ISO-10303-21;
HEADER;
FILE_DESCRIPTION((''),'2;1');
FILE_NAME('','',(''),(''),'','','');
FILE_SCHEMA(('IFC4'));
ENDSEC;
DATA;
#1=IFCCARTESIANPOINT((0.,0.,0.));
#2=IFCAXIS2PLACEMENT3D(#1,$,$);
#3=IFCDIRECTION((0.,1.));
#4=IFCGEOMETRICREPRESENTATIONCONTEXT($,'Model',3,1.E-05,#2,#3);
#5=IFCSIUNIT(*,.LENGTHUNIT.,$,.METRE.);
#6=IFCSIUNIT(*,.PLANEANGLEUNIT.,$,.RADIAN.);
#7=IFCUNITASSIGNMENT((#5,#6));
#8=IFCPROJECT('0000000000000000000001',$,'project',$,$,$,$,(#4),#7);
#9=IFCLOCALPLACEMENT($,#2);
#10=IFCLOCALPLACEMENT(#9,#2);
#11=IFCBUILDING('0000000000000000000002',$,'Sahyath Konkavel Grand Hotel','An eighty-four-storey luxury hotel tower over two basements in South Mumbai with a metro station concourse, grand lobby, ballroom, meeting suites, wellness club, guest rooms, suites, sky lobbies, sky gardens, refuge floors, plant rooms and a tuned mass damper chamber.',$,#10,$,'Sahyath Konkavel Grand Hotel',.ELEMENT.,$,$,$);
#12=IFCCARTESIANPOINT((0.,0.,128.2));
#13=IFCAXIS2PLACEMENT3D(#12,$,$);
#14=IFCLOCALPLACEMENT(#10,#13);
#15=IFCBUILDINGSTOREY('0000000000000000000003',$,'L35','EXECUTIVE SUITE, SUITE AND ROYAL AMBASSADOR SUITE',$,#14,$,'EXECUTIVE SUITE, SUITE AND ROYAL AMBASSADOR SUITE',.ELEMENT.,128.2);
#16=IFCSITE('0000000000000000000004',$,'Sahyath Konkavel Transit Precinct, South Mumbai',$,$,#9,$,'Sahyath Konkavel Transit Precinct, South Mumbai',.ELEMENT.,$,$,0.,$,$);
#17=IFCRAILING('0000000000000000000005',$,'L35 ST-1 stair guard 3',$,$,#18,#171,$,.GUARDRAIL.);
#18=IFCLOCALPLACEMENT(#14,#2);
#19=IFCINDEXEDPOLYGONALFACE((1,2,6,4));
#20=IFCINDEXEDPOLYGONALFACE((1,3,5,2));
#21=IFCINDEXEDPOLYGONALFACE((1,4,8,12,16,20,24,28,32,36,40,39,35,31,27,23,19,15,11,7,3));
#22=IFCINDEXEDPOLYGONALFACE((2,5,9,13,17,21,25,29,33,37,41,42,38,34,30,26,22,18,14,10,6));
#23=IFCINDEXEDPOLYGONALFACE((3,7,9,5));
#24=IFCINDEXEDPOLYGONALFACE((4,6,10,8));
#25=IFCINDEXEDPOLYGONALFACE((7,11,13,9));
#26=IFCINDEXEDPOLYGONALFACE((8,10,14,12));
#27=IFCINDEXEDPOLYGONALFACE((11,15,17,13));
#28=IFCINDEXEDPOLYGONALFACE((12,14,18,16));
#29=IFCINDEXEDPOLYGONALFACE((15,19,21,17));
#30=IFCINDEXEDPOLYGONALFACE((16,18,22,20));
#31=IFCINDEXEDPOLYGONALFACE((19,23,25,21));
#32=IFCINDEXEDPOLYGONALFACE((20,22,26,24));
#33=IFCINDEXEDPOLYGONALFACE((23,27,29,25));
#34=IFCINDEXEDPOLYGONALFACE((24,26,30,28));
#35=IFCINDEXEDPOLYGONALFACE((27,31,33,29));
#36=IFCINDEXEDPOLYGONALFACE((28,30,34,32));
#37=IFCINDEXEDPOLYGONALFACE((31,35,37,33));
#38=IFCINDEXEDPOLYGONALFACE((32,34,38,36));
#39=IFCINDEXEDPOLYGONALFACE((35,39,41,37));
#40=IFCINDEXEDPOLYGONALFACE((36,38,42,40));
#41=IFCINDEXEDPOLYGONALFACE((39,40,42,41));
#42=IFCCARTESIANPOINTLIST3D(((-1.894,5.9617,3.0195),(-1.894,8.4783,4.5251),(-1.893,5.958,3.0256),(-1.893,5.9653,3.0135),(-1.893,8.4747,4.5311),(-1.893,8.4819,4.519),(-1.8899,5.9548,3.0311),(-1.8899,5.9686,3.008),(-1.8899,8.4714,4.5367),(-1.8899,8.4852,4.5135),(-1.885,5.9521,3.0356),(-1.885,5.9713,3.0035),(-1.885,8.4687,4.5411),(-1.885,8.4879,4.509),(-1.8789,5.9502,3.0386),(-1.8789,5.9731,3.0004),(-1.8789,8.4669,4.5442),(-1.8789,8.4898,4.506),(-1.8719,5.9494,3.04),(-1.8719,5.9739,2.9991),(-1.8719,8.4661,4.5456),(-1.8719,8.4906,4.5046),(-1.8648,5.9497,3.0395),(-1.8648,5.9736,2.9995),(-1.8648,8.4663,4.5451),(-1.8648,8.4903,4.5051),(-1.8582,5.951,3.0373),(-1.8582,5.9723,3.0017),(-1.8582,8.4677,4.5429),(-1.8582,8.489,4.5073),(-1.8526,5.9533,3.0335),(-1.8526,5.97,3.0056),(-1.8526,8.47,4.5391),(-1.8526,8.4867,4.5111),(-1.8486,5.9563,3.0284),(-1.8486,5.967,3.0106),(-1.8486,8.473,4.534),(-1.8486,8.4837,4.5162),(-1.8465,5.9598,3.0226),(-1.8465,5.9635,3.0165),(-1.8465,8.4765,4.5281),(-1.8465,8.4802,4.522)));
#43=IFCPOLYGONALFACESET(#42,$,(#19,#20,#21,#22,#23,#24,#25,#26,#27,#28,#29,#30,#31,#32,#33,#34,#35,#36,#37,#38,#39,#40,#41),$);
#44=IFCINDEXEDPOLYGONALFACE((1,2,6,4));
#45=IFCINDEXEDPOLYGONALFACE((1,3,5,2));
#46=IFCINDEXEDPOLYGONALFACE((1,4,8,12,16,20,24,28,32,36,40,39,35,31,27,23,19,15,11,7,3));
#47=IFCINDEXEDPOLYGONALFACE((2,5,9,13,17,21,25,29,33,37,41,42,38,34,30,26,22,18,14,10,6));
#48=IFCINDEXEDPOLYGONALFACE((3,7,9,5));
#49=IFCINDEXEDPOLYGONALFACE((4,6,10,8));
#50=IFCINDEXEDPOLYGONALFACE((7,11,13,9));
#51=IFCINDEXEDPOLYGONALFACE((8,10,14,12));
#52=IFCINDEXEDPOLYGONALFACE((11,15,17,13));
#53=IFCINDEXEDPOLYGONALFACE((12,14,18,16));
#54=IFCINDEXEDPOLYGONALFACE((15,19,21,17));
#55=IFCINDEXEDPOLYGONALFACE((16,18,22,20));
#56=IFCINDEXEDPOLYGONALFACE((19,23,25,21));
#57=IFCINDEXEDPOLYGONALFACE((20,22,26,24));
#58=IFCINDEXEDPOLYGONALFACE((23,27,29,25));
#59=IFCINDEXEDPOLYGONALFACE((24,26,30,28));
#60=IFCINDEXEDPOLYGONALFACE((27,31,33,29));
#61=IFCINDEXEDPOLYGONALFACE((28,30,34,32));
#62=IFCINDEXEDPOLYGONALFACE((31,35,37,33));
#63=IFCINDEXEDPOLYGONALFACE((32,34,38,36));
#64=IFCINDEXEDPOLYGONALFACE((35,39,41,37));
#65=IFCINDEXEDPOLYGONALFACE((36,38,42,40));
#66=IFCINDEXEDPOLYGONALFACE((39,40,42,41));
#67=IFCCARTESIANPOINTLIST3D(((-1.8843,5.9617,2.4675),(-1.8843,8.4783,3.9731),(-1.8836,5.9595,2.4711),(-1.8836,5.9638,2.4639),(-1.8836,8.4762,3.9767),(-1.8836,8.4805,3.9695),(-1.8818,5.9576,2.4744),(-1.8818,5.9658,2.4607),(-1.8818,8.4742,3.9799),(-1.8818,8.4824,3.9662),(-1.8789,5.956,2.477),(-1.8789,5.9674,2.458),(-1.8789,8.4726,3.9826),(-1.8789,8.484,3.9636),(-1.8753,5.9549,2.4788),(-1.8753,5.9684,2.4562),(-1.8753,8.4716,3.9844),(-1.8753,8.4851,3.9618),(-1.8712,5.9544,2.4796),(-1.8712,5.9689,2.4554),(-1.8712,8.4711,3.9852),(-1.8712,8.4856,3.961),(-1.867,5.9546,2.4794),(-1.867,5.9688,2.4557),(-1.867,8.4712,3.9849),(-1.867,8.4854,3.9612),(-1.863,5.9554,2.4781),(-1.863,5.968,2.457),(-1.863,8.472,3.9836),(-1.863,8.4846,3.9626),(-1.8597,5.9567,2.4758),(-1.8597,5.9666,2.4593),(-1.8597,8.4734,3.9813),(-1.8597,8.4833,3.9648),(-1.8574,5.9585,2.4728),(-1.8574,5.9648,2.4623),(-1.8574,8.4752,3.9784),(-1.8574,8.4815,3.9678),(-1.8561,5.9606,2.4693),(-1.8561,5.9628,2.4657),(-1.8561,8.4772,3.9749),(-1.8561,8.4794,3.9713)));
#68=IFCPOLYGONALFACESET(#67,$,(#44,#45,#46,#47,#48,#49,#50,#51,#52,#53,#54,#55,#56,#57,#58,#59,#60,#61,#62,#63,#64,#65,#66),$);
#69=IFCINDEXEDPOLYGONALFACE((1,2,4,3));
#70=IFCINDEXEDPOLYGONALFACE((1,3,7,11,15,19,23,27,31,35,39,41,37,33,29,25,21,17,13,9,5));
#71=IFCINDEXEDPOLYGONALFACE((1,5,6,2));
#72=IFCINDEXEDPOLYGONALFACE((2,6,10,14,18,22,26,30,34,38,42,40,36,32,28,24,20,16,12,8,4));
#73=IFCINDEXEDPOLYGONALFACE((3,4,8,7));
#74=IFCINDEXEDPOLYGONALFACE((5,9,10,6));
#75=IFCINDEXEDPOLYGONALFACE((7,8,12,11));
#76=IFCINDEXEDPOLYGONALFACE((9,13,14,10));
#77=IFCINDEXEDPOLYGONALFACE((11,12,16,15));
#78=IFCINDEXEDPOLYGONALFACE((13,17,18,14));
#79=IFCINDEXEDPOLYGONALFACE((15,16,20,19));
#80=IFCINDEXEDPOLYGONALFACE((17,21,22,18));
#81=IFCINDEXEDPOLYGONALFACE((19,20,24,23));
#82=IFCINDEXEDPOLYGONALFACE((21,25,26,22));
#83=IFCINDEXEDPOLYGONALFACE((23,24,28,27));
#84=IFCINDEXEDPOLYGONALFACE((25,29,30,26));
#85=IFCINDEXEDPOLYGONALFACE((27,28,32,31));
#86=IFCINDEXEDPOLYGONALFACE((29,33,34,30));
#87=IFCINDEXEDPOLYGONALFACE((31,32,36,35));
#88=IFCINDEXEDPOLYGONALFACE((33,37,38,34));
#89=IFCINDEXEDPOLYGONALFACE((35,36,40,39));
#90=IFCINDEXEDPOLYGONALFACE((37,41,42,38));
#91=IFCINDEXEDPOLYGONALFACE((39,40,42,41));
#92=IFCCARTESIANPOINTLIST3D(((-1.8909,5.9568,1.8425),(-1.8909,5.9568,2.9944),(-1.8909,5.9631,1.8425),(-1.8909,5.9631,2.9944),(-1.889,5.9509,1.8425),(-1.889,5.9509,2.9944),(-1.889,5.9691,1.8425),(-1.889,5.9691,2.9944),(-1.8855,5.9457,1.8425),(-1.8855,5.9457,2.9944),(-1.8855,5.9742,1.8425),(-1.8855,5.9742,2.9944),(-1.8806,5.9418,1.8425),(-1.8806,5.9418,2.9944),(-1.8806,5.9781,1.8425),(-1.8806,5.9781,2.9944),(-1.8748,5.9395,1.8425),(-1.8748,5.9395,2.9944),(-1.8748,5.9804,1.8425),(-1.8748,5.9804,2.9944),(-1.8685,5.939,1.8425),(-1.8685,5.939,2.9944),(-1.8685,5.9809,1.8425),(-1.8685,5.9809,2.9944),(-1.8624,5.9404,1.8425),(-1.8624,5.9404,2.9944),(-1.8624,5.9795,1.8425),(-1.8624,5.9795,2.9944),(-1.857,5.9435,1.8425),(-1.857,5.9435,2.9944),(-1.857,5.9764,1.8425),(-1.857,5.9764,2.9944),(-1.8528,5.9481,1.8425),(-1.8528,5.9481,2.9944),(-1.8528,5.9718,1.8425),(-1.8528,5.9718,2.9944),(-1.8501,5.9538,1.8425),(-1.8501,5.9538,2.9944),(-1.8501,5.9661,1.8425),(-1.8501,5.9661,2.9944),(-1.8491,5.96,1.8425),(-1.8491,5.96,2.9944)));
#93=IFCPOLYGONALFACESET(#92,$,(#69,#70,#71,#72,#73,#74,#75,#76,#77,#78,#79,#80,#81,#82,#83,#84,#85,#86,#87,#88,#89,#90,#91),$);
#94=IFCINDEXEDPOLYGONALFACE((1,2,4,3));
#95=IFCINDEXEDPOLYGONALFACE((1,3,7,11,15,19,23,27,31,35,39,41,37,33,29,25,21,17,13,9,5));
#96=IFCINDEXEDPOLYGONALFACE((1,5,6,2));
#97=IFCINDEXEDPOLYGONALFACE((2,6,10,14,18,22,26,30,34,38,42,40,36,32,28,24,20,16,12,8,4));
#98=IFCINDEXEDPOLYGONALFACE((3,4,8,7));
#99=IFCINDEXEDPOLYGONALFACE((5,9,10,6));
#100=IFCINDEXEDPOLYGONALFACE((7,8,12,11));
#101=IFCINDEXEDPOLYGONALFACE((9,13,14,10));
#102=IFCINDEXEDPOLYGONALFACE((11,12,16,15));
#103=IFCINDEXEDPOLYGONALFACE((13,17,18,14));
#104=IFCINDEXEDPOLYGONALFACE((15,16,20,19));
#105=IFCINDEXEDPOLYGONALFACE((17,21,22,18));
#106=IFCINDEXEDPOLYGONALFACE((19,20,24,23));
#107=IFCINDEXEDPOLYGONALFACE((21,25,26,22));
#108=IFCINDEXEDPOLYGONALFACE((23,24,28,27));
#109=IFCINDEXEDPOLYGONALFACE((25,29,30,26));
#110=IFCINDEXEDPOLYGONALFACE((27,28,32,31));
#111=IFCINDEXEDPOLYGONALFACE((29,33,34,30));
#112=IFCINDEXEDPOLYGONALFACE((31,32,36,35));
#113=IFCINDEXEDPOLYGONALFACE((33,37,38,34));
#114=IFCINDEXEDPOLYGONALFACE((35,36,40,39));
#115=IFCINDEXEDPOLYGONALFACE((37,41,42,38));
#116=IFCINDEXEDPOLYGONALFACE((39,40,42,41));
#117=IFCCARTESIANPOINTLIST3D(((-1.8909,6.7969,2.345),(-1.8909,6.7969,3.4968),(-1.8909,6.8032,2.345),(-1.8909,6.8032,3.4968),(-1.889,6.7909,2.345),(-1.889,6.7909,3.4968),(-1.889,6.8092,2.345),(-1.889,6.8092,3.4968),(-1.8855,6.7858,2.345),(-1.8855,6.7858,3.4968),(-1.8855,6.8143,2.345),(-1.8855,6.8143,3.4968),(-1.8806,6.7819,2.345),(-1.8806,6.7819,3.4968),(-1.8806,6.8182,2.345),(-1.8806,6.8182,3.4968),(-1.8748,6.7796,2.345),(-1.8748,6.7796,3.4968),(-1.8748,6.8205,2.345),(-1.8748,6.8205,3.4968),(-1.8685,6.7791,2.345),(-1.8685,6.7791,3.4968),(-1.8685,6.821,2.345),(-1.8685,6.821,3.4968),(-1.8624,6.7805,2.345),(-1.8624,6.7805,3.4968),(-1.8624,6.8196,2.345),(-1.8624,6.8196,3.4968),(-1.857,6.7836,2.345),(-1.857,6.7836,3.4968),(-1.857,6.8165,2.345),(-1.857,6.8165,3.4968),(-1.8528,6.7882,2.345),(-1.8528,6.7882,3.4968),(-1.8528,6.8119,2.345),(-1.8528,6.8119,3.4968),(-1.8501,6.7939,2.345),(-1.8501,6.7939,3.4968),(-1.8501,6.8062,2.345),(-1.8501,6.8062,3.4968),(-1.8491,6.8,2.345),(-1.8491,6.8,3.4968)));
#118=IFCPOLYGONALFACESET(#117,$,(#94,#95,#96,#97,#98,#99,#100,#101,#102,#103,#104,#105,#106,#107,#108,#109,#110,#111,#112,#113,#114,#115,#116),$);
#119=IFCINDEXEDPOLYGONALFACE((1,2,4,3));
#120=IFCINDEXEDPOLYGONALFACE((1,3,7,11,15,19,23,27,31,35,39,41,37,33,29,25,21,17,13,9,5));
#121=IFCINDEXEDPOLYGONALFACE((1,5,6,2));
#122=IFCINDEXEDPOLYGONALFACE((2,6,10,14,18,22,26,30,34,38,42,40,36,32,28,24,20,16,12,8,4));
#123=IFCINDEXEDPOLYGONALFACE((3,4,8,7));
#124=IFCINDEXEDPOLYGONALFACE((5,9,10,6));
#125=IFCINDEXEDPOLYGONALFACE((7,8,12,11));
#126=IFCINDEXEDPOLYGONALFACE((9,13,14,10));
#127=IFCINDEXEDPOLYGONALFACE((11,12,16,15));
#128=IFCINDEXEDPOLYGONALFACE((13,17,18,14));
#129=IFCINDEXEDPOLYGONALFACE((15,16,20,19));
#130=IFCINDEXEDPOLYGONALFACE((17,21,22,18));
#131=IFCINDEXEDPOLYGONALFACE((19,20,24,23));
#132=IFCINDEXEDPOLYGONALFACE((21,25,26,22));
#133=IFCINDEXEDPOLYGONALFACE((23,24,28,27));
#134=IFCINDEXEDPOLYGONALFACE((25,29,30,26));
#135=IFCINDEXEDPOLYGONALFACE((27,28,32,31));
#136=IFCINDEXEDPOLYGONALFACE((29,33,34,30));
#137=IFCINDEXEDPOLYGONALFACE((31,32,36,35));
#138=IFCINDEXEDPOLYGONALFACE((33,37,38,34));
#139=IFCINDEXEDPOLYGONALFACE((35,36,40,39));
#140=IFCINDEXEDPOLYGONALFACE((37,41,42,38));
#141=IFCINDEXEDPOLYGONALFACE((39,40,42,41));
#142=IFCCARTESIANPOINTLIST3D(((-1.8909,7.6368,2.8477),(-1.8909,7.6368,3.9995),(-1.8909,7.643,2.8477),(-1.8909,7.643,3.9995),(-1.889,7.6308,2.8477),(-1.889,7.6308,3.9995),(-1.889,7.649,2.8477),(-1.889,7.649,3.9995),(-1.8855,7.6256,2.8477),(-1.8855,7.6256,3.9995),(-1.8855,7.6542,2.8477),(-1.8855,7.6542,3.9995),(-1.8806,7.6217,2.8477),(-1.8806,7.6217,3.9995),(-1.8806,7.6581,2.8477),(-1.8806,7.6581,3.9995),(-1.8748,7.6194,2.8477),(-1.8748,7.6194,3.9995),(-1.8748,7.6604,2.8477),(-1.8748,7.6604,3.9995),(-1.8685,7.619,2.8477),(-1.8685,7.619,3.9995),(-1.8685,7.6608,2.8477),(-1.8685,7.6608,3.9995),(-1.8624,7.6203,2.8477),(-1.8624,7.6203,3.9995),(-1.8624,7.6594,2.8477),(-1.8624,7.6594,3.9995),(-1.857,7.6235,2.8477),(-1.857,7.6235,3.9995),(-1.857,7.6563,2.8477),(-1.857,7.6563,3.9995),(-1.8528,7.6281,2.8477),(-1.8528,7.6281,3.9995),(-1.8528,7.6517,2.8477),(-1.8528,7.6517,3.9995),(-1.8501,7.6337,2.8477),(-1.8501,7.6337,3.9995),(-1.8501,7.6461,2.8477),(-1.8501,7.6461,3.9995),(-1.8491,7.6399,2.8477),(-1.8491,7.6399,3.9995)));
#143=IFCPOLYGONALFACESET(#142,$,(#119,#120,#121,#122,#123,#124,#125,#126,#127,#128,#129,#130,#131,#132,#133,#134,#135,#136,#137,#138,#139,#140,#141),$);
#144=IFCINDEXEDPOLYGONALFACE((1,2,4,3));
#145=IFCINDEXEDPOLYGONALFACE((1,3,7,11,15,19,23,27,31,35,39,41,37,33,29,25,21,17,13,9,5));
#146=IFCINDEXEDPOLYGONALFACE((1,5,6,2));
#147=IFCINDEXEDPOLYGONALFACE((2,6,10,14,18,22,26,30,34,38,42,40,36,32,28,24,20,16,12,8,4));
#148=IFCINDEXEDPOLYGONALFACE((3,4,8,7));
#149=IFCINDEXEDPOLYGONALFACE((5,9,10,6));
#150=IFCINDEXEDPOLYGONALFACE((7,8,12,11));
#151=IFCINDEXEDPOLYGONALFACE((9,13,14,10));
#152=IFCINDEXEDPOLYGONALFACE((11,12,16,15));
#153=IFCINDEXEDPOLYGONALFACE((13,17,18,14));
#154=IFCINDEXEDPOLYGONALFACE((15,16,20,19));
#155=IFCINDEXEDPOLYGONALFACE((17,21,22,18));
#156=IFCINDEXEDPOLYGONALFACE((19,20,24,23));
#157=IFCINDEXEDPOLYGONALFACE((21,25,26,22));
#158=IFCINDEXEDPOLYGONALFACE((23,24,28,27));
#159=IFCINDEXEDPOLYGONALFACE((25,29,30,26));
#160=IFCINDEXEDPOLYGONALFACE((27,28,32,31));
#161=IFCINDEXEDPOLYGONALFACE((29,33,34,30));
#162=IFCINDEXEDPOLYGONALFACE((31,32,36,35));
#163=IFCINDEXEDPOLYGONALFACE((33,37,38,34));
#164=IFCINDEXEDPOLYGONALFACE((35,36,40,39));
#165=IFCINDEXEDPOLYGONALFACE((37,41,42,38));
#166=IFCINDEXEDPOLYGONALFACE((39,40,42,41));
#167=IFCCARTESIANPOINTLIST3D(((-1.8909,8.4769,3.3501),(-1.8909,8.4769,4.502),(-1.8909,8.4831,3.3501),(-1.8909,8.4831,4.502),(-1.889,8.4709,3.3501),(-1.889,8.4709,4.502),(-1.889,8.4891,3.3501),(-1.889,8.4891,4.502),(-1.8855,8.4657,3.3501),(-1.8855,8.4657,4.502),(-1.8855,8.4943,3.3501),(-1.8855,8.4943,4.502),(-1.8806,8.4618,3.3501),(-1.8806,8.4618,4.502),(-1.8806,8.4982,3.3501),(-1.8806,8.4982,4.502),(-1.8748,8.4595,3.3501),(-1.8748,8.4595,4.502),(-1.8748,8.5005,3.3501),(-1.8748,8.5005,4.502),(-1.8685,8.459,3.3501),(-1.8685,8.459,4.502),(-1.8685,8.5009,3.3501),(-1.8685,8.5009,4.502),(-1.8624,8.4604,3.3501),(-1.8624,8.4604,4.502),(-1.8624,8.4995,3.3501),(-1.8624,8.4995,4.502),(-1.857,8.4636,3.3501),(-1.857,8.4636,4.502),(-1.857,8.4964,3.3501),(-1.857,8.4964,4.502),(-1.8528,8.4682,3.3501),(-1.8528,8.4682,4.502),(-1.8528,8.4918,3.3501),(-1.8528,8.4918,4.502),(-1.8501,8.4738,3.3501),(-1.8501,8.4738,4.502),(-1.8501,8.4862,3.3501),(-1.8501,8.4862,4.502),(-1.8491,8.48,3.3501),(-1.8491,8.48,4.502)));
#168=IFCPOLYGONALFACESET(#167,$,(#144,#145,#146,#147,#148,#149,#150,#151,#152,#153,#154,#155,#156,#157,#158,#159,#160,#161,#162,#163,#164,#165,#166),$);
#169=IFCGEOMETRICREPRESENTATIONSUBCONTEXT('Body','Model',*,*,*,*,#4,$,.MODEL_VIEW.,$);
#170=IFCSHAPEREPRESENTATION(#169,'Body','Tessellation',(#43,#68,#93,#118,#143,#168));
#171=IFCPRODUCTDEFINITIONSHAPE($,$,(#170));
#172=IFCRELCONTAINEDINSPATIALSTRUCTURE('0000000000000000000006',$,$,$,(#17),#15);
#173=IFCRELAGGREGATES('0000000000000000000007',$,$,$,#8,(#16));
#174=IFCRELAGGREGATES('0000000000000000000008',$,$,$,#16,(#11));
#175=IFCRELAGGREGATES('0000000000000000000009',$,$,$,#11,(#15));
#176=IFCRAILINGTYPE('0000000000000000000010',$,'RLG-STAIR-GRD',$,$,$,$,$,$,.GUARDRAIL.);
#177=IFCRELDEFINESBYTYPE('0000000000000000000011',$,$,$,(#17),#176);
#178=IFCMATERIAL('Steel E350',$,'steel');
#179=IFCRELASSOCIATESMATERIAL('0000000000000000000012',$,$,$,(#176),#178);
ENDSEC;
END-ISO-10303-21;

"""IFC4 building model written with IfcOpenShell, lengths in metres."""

from ifc_helpers import new_model, si_unit, direction, frame, origin, origin_2d, place, context, subcontext, project, spatial, circle, extrude, material, type_object, element, save


model = new_model("IFC4")

# Units and contexts
model_context = context("Model", 3, precision=1e-05, world=origin(), true_north=direction((0.0, 1.0)))
body_context = subcontext(model_context, "Body", "Model", "MODEL_VIEW")
ifc_project = project(units=[si_unit("LENGTHUNIT", "METRE"), si_unit("PLANEANGLEUNIT", "RADIAN")], contexts=[model_context])

# Site, building, storey
site_placement = place(None, origin())
site = spatial("IfcSite", under=ifc_project, at=site_placement, Name="Sahyath Konkavel Transit Precinct, South Mumbai", LongName="Sahyath Konkavel Transit Precinct, South Mumbai", CompositionType="ELEMENT", RefElevation=0.0)
building_placement = place(site_placement, origin())
building = spatial("IfcBuilding", under=site, at=building_placement, Name="Sahyath Konkavel Grand Hotel", Description="An eighty-four-storey luxury hotel tower over two basements in South Mumbai with a metro station concourse, grand lobby, ballroom, meeting suites, wellness club, guest rooms, suites, sky lobbies, sky gardens, refuge floors, plant rooms and a tuned mass damper chamber.", LongName="Sahyath Konkavel Grand Hotel", CompositionType="ELEMENT")
storey_placement = place(building_placement, frame((0.0, 0.0, 128.2)))
storey = spatial("IfcBuildingStorey", under=building, at=storey_placement, Name="L35", Description="EXECUTIVE SUITE, SUITE AND ROYAL AMBASSADOR SUITE", LongName="EXECUTIVE SUITE, SUITE AND ROYAL AMBASSADOR SUITE", CompositionType="ELEMENT", Elevation=128.2)

# Shared definitions
ifc_material_1 = material(Name="Steel E350", Category="steel")

# Railing
railing_type_1 = type_object("IfcRailingType", Name="RLG-STAIR-GRD", PredefinedType="GUARDRAIL", material=ifc_material_1)
railing_1_placement = place(storey_placement, frame((-1.8701, 5.96, 1.8425)))
element("IfcRailing", 1, at=railing_1_placement, inside=storey, type_object=railing_type_1, Name="L35 ST-1 stair guard 3", PredefinedType="GUARDRAIL", context=body_context, shape_type="SweptSolid", body=[
    extrude(circle(Radius=0.0239, at=origin_2d()), frame((0.0, 0.0017, 1.177), z_axis=(0.0, 0.85816, 0.513383), x_axis=(-1.0, 0.0, 0.0)), (0.0, 0.0, 1.0), 2.9326),
    extrude(circle(Radius=0.0142, at=origin_2d()), frame((0.0, 0.0017, 0.625), z_axis=(0.0, 0.85816, 0.513383), x_axis=(-1.0, 0.0, 0.0)), (0.0, 0.0, 1.0), 2.9326),
    extrude(circle(Radius=0.021, at=origin_2d()), origin(), (0.0, 0.0, 1.0), 1.1519),
    extrude(circle(Radius=0.021, at=origin_2d()), frame((0.0, 0.8401, 0.5024)), (0.0, 0.0, 1.0), 1.1519),
    extrude(circle(Radius=0.021, at=origin_2d()), frame((0.0, 1.6799, 1.0051)), (0.0, 0.0, 1.0), 1.1519),
    extrude(circle(Radius=0.021, at=origin_2d()), frame((0.0, 2.52, 1.5076)), (0.0, 0.0, 1.0), 1.1519),
])

save(model, "model.ifc")
